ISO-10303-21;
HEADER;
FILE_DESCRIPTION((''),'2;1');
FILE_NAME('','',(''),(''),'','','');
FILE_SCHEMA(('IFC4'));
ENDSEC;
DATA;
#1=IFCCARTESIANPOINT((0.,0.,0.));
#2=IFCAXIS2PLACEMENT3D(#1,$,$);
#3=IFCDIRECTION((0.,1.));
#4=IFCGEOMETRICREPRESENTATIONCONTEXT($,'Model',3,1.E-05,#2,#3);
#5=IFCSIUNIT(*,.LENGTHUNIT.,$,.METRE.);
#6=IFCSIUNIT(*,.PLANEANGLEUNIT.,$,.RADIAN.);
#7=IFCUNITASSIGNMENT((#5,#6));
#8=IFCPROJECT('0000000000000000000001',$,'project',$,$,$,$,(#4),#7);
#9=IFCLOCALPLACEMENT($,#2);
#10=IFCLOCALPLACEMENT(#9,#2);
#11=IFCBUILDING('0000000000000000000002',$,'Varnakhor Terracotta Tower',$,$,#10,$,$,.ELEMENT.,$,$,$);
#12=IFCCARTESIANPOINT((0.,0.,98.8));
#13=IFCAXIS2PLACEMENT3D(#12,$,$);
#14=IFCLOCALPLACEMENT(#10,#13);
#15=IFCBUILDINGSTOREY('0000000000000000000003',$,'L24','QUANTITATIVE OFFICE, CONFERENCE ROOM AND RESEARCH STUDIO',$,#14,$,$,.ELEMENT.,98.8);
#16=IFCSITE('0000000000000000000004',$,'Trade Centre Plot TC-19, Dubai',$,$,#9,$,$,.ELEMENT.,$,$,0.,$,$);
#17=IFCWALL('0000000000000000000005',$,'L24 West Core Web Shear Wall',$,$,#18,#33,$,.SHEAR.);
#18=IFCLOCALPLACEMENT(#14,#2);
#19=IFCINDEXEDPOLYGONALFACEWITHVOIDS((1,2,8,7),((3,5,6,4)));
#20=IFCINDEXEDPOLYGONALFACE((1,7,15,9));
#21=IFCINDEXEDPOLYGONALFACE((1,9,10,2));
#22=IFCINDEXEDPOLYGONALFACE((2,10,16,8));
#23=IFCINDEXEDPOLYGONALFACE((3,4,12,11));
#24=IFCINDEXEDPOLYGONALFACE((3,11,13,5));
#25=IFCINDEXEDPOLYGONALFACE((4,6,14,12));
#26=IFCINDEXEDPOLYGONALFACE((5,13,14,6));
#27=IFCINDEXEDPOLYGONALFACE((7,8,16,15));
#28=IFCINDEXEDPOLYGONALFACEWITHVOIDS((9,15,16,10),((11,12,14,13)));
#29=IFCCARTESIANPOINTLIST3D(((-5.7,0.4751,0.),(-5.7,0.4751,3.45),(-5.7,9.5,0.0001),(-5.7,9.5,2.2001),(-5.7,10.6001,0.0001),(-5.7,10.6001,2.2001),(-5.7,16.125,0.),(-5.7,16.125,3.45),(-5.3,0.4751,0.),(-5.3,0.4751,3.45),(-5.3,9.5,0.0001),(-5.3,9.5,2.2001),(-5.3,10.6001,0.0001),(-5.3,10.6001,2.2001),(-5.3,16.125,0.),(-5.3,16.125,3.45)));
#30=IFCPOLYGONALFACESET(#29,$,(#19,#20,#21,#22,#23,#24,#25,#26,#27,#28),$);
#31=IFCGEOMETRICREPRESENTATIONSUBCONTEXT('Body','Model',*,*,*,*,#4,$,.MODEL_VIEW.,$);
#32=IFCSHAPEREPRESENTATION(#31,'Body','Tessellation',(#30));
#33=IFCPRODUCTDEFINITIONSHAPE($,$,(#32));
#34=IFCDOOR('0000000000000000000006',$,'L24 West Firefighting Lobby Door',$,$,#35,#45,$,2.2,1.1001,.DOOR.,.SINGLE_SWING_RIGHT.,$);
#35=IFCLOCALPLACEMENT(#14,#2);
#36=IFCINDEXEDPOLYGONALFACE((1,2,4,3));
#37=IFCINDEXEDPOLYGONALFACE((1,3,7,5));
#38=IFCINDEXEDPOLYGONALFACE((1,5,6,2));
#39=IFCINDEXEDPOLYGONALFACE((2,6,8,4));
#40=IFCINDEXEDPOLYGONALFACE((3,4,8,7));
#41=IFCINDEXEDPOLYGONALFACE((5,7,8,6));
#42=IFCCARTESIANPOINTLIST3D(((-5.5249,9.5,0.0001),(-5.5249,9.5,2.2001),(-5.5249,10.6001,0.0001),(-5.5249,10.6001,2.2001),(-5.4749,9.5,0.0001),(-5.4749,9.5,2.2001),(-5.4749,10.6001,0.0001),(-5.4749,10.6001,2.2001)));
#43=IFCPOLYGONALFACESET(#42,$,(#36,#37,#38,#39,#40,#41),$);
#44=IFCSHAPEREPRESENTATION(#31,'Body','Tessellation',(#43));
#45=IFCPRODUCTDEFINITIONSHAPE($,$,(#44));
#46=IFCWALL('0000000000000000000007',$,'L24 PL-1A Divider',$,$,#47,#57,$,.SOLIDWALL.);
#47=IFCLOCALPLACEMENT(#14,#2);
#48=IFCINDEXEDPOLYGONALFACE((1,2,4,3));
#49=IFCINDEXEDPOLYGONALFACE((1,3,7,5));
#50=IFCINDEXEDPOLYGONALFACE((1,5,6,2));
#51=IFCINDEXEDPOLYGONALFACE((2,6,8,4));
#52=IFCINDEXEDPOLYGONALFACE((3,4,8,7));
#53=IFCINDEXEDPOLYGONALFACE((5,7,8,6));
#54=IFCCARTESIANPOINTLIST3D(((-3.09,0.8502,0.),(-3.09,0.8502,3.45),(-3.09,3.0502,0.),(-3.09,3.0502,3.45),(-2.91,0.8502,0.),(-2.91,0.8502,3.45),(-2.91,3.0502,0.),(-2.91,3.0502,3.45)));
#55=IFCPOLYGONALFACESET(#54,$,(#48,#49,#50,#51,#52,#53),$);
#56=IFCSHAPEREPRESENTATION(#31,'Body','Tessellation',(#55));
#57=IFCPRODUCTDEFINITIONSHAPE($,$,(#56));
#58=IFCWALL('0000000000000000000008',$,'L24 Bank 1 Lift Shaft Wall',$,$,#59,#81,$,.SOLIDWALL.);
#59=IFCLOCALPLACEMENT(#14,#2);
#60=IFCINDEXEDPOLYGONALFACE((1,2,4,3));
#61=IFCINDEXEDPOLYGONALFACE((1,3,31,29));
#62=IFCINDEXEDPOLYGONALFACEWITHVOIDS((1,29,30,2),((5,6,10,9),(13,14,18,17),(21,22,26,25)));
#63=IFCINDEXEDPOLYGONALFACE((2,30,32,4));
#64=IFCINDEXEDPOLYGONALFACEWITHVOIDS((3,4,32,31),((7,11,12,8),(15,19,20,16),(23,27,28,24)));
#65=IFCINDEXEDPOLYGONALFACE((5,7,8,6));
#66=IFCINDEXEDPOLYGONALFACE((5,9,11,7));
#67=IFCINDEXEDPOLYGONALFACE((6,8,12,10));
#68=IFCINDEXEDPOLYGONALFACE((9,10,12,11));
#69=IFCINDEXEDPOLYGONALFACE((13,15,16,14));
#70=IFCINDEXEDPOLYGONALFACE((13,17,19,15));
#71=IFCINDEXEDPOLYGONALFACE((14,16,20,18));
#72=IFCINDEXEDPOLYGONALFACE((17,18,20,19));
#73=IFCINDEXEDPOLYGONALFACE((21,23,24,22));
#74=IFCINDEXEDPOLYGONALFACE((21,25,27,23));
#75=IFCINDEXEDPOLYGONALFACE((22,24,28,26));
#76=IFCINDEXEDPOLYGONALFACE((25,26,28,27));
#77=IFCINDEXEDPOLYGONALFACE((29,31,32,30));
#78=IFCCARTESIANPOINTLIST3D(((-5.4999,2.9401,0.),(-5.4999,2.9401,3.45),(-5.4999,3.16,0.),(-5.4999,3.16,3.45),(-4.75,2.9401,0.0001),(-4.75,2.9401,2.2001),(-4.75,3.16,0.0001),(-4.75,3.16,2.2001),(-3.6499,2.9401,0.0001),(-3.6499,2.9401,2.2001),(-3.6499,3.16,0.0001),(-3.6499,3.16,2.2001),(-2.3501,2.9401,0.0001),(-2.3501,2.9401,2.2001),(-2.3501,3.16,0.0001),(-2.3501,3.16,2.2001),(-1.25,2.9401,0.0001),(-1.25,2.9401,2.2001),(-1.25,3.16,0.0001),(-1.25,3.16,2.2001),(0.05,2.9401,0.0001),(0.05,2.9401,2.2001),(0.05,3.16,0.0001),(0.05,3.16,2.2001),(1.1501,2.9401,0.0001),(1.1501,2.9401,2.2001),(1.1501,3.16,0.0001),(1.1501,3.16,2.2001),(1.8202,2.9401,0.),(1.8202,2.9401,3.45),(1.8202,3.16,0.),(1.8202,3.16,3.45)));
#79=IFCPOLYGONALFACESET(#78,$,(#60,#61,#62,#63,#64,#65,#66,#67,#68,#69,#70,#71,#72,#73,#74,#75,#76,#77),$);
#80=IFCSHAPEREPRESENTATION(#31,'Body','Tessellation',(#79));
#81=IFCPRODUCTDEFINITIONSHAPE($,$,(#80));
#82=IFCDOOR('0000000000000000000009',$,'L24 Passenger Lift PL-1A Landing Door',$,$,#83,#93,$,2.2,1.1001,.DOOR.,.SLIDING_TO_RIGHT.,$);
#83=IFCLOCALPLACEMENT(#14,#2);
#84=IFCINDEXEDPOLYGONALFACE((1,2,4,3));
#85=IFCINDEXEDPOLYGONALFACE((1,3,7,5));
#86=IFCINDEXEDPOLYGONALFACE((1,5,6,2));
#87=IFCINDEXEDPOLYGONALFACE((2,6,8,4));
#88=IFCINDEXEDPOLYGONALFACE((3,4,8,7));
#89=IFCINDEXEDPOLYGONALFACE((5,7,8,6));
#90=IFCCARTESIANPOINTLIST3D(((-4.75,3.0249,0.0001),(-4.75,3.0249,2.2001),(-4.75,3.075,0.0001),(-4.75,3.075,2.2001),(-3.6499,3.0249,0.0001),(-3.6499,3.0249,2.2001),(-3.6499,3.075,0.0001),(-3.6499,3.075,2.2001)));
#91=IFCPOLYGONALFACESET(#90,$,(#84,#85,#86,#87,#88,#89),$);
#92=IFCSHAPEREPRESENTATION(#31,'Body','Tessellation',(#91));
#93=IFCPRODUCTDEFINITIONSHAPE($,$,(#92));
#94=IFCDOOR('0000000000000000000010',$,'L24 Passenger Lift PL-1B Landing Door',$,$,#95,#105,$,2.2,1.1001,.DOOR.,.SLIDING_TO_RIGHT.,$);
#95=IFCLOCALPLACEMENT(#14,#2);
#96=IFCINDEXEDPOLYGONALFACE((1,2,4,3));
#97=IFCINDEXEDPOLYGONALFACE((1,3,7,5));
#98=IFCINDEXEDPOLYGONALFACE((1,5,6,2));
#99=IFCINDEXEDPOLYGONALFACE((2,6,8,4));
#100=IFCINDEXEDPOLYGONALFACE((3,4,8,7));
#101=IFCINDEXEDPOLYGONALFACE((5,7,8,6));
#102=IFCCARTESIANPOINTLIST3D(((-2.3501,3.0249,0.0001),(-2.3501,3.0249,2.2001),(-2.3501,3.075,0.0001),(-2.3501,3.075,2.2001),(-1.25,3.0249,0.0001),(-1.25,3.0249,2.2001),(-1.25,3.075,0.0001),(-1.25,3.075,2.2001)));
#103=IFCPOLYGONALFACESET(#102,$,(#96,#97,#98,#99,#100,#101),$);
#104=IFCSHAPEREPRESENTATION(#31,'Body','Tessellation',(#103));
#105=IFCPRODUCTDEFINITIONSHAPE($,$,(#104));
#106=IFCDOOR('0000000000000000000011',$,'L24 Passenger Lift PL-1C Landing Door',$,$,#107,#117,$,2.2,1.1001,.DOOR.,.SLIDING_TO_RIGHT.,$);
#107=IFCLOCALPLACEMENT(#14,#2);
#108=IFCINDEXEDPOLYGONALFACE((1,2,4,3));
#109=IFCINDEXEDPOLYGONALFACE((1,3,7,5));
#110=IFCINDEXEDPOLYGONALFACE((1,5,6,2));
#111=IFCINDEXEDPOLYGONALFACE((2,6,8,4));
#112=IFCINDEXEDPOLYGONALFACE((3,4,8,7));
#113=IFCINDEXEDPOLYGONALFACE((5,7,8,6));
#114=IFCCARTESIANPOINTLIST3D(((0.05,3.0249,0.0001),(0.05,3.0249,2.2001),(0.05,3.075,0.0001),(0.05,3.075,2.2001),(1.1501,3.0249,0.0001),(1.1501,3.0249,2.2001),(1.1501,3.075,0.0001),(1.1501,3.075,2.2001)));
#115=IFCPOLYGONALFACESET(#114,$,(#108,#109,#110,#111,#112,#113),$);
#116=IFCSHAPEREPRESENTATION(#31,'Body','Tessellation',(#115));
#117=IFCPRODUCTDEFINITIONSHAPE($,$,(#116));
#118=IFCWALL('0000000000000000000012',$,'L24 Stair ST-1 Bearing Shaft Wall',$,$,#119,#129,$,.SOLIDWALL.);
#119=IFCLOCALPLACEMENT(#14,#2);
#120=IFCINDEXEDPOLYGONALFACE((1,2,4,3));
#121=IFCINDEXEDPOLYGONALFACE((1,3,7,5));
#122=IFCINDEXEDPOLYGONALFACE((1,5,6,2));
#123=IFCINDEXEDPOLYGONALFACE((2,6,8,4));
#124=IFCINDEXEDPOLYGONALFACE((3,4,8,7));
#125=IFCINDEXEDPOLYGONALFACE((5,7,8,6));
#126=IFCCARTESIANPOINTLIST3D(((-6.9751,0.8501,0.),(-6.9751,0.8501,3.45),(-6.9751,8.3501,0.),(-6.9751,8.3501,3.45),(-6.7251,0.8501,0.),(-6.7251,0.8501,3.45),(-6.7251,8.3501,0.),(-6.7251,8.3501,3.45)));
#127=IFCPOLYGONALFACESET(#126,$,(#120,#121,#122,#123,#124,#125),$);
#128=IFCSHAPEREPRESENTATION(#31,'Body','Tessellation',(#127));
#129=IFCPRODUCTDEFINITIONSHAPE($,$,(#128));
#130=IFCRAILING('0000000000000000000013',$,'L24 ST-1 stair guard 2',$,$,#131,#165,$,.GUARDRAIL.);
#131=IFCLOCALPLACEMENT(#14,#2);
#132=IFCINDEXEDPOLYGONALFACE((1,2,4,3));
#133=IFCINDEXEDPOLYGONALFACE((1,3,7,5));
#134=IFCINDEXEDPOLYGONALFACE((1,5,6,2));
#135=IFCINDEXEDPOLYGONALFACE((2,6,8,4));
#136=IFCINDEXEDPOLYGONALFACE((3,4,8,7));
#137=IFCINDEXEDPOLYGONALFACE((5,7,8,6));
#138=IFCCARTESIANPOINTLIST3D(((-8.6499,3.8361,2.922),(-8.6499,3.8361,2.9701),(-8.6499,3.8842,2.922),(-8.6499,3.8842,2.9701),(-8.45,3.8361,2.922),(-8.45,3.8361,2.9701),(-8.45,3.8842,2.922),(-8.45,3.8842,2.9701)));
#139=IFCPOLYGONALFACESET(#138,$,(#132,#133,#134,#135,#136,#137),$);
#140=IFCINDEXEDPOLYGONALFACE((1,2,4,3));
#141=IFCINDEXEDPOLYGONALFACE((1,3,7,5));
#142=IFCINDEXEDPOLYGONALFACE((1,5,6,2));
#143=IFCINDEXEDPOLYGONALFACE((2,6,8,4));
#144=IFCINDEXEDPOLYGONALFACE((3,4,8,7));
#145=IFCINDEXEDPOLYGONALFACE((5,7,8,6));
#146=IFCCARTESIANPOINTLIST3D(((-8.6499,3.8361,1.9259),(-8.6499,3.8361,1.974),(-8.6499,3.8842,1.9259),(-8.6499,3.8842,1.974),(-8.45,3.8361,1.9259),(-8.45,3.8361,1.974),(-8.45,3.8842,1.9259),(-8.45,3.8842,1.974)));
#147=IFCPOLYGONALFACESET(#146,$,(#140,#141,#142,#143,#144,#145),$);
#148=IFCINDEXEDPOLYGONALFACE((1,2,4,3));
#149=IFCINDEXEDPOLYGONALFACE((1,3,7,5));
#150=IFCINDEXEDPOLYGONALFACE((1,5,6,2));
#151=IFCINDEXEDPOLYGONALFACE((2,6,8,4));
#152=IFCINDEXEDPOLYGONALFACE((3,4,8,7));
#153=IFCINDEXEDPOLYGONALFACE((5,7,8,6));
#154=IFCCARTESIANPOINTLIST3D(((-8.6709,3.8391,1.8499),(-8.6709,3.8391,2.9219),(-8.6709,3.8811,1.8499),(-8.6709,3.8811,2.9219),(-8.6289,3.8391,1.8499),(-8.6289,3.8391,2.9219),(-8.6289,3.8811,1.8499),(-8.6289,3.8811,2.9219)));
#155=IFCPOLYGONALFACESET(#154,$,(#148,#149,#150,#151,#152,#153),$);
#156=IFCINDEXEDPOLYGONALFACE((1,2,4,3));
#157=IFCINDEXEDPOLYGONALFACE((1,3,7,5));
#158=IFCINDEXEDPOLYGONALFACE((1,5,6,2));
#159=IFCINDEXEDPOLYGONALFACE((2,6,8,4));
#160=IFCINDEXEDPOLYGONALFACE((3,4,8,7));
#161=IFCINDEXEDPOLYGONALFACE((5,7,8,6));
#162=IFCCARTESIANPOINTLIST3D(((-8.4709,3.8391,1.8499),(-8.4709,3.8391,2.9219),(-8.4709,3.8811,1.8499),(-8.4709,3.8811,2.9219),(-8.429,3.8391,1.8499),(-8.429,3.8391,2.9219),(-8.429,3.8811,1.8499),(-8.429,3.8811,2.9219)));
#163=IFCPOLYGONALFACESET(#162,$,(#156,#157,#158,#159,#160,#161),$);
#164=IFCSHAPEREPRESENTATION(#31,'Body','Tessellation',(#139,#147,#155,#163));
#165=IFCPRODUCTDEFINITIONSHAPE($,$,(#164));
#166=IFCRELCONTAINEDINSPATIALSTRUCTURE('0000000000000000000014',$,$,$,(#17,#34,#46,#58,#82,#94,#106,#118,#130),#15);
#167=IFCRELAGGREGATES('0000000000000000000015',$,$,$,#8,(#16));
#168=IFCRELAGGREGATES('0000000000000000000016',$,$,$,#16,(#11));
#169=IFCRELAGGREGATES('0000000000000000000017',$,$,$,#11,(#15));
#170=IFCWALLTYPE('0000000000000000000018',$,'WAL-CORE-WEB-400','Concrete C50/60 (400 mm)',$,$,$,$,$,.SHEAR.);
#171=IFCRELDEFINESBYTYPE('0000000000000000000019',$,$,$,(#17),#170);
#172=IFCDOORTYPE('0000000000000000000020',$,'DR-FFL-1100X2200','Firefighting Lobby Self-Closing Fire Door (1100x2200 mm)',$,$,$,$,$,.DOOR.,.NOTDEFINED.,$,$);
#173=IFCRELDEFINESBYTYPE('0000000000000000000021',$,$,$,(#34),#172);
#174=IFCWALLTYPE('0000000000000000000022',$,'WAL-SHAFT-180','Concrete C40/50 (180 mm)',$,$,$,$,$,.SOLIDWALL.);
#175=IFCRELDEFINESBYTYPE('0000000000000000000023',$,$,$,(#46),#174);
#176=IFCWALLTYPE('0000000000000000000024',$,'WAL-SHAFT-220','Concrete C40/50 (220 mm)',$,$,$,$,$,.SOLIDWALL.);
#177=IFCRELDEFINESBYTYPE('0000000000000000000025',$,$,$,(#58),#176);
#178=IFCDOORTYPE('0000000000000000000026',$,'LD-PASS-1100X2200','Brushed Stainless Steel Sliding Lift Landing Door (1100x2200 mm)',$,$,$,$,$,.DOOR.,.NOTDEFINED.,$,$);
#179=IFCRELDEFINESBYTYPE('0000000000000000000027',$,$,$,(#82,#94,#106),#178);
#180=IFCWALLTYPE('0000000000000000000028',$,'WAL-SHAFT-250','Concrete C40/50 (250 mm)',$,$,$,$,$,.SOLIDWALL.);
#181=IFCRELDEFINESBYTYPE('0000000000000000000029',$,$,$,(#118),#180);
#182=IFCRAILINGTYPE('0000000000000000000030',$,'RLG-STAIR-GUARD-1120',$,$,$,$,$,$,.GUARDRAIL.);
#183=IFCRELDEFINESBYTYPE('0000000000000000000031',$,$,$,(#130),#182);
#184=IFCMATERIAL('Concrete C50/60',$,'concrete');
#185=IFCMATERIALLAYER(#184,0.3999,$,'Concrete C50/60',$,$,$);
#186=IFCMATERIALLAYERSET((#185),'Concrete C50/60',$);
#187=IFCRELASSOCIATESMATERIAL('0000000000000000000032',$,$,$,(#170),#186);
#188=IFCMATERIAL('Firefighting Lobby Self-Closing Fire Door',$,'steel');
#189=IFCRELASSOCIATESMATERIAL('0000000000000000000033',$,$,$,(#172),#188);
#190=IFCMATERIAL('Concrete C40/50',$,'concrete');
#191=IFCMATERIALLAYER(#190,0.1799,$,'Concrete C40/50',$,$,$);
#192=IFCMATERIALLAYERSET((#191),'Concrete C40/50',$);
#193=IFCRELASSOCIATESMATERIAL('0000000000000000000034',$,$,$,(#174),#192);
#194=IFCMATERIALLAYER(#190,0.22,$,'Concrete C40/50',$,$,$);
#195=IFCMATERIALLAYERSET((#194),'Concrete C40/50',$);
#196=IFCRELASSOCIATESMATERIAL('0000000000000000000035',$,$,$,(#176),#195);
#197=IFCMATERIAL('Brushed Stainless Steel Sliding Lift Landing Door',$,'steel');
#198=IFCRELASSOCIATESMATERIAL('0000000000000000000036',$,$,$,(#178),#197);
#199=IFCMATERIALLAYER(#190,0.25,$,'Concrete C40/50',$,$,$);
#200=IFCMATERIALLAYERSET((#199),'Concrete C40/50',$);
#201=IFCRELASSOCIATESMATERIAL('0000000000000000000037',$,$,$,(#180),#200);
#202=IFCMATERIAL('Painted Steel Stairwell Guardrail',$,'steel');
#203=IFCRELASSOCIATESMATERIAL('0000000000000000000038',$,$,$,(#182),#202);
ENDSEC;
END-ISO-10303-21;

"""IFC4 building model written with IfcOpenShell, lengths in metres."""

from ifc_helpers import new_model, si_unit, direction, frame, frame_2d, origin, origin_2d, place, context, subcontext, project, spatial, rectangle, extrude, source, transform, mapped, material, layer, layer_set, type_object, type_shapes, element, fill, save


model = new_model("IFC4")

# Units and contexts
model_context = context("Model", 3, precision=1e-05, world=origin(), true_north=direction((0.0, 1.0)))
body_context = subcontext(model_context, "Body", "Model", "MODEL_VIEW")
ifc_project = project(units=[si_unit("LENGTHUNIT", "METRE"), si_unit("PLANEANGLEUNIT", "RADIAN")], contexts=[model_context])

# Site, building, storey
site_placement = place(None, origin())
site = spatial("IfcSite", under=ifc_project, at=site_placement, Name="Trade Centre Plot TC-19, Dubai", CompositionType="ELEMENT", RefElevation=0.0)
building_placement = place(site_placement, origin())
building = spatial("IfcBuilding", under=site, at=building_placement, Name="Varnakhor Terracotta Tower", CompositionType="ELEMENT")
storey_placement = place(building_placement, frame((0.0, 0.0, 98.8)))
storey = spatial("IfcBuildingStorey", under=building, at=storey_placement, Name="L24", Description="QUANTITATIVE OFFICE, CONFERENCE ROOM AND RESEARCH STUDIO", CompositionType="ELEMENT", Elevation=98.8)

# Shared definitions
ifc_material_1 = material(Name="Concrete C50/60", Category="concrete")

# Wall, opening, door
ifc_layer_1 = layer(ifc_material_1, 0.3999, Name="Concrete C50/60")
ifc_layer_set_1 = layer_set([ifc_layer_1], Name="Concrete C50/60")
wall_type_1 = type_object("IfcWallType", Name="WAL-CORE-WEB-400", Description="Concrete C50/60 (400 mm)", PredefinedType="SHEAR", material=ifc_layer_set_1)
wall_1_placement = place(storey_placement, frame((-5.5, 0.4751, 0.0), z_axis=(0.0, 0.0, 1.0), x_axis=(0.0, 1.0, 0.0)))
wall_1 = element("IfcWall", 1, at=wall_1_placement, inside=storey, type_object=wall_type_1, Name="L24 West Core Web Shear Wall", PredefinedType="SHEAR", context=body_context, shape_type="SweptSolid", body=[
    extrude(rectangle(XDim=15.6499, YDim=0.3999, at=frame_2d((7.825, 0.0))), origin(), (0.0, 0.0, 1.0), 3.45),
])
opening_1_placement = place(wall_1_placement, frame((9.0249, 0.0, 0.0)))
opening_1 = element("IfcOpeningElement", 2, at=opening_1_placement, cuts=wall_1, PredefinedType="OPENING", context=body_context, shape_type="SweptSolid", body=[
    extrude(rectangle(XDim=1.1001, YDim=2.2, at=frame_2d((0.55, 1.1001))), frame((0.0, 0.21, 0.0), z_axis=(0.0, -1.0, 0.0), x_axis=(1.0, 0.0, 0.0)), (0.0, 0.0, 1.0), 0.4199),
])
ifc_material_2 = material(Name="Firefighting Lobby Self-Closing Fire Door", Category="steel")
door_type_1 = type_object("IfcDoorType", Name="DR-FFL-1100X2200", Description="Firefighting Lobby Self-Closing Fire Door (1100x2200 mm)", OperationType="NOTDEFINED", PredefinedType="DOOR", material=ifc_material_2)
shared_shape_1 = source(origin(), body_context, "Body", "SweptSolid", [
    extrude(rectangle(XDim=1.1001, YDim=2.2, at=frame_2d((0.55, 1.1001))), frame((0.0, 0.0249, 0.0), z_axis=(0.0, -1.0, 0.0), x_axis=(1.0, 0.0, 0.0)), (0.0, 0.0, 1.0), 0.05),
])
type_shapes(door_type_1, [shared_shape_1])
door_1_placement = place(opening_1_placement, origin())
door_1 = element("IfcDoor", 3, at=door_1_placement, inside=storey, type_object=door_type_1, Name="L24 West Firefighting Lobby Door", OperationType="SINGLE_SWING_RIGHT", OverallHeight=2.2, OverallWidth=1.1001, PredefinedType="DOOR", context=body_context, shape_type="MappedRepresentation", body=[
    mapped(shared_shape_1, transform((0.0, 0.0, 0.0), scale=1.0)),
])
fill(opening_1, door_1)

# Wall
ifc_material_3 = material(Name="Concrete C40/50", Category="concrete")
ifc_layer_2 = layer(ifc_material_3, 0.1799, Name="Concrete C40/50")
ifc_layer_set_2 = layer_set([ifc_layer_2], Name="Concrete C40/50")
wall_type_2 = type_object("IfcWallType", Name="WAL-SHAFT-180", Description="Concrete C40/50 (180 mm)", PredefinedType="SOLIDWALL", material=ifc_layer_set_2)
wall_2_placement = place(storey_placement, frame((-3.0, 0.8501, 0.0), z_axis=(0.0, 0.0, 1.0), x_axis=(0.0, 1.0, 0.0)))
element("IfcWall", 4, at=wall_2_placement, inside=storey, type_object=wall_type_2, Name="L24 PL-1A Divider", PredefinedType="SOLIDWALL", context=body_context, shape_type="SweptSolid", body=[
    extrude(rectangle(XDim=2.2, YDim=0.1799, at=frame_2d((1.1001, 0.0))), origin(), (0.0, 0.0, 1.0), 3.45),
])

# Wall, openings, doors
ifc_layer_3 = layer(ifc_material_3, 0.22, Name="Concrete C40/50")
ifc_layer_set_3 = layer_set([ifc_layer_3], Name="Concrete C40/50")
wall_type_3 = type_object("IfcWallType", Name="WAL-SHAFT-220", Description="Concrete C40/50 (220 mm)", PredefinedType="SOLIDWALL", material=ifc_layer_set_3)
wall_3_placement = place(storey_placement, frame((-5.5, 3.05, 0.0), z_axis=(0.0, 0.0, 1.0), x_axis=(1.0, 0.0, 0.0)))
wall_3 = element("IfcWall", 5, at=wall_3_placement, inside=storey, type_object=wall_type_3, Name="L24 Bank 1 Lift Shaft Wall", PredefinedType="SOLIDWALL", context=body_context, shape_type="SweptSolid", body=[
    extrude(rectangle(XDim=7.3201, YDim=0.22, at=frame_2d((3.6602, 0.0))), origin(), (0.0, 0.0, 1.0), 3.45),
])
opening_2_placement = place(wall_3_placement, frame((0.75, 0.0, 0.0)))
opening_2 = element("IfcOpeningElement", 6, at=opening_2_placement, cuts=wall_3, PredefinedType="OPENING", context=body_context, shape_type="SweptSolid", body=[
    extrude(rectangle(XDim=1.1001, YDim=2.2, at=frame_2d((0.55, 1.1001))), frame((0.0, 0.1201, 0.0), z_axis=(0.0, -1.0, 0.0), x_axis=(1.0, 0.0, 0.0)), (0.0, 0.0, 1.0), 0.24),
])
opening_3_placement = place(wall_3_placement, frame((3.1499, 0.0, 0.0)))
opening_3 = element("IfcOpeningElement", 7, at=opening_3_placement, cuts=wall_3, PredefinedType="OPENING", context=body_context, shape_type="SweptSolid", body=[
    extrude(rectangle(XDim=1.1001, YDim=2.2, at=frame_2d((0.55, 1.1001))), frame((0.0, 0.1201, 0.0), z_axis=(0.0, -1.0, 0.0), x_axis=(1.0, 0.0, 0.0)), (0.0, 0.0, 1.0), 0.24),
])
opening_4_placement = place(wall_3_placement, frame((5.55, 0.0, 0.0)))
opening_4 = element("IfcOpeningElement", 8, at=opening_4_placement, cuts=wall_3, PredefinedType="OPENING", context=body_context, shape_type="SweptSolid", body=[
    extrude(rectangle(XDim=1.1001, YDim=2.2, at=frame_2d((0.55, 1.1001))), frame((0.0, 0.1201, 0.0), z_axis=(0.0, -1.0, 0.0), x_axis=(1.0, 0.0, 0.0)), (0.0, 0.0, 1.0), 0.24),
])
ifc_material_4 = material(Name="Brushed Stainless Steel Sliding Lift Landing Door", Category="steel")
door_type_2 = type_object("IfcDoorType", Name="LD-PASS-1100X2200", Description="Brushed Stainless Steel Sliding Lift Landing Door (1100x2200 mm)", OperationType="NOTDEFINED", PredefinedType="DOOR", material=ifc_material_4)
shared_shape_2 = source(origin(), body_context, "Body", "SweptSolid", [
    extrude(rectangle(XDim=1.1001, YDim=2.2, at=frame_2d((0.55, 1.1001))), frame((0.0, 0.0249, 0.0), z_axis=(0.0, -1.0, 0.0), x_axis=(1.0, 0.0, 0.0)), (0.0, 0.0, 1.0), 0.05),
])
type_shapes(door_type_2, [shared_shape_2])
door_2_placement = place(opening_2_placement, origin())
door_2 = element("IfcDoor", 9, at=door_2_placement, inside=storey, type_object=door_type_2, Name="L24 Passenger Lift PL-1A Landing Door", OperationType="SLIDING_TO_RIGHT", OverallHeight=2.2, OverallWidth=1.1001, PredefinedType="DOOR", context=body_context, shape_type="MappedRepresentation", body=[
    mapped(shared_shape_2, transform((0.0, 0.0, 0.0), scale=1.0)),
])
fill(opening_2, door_2)
door_3_placement = place(opening_3_placement, origin())
door_3 = element("IfcDoor", 10, at=door_3_placement, inside=storey, type_object=door_type_2, Name="L24 Passenger Lift PL-1B Landing Door", OperationType="SLIDING_TO_RIGHT", OverallHeight=2.2, OverallWidth=1.1001, PredefinedType="DOOR", context=body_context, shape_type="MappedRepresentation", body=[
    mapped(shared_shape_2, transform((0.0, 0.0, 0.0), scale=1.0)),
])
fill(opening_3, door_3)
door_4_placement = place(opening_4_placement, origin())
door_4 = element("IfcDoor", 11, at=door_4_placement, inside=storey, type_object=door_type_2, Name="L24 Passenger Lift PL-1C Landing Door", OperationType="SLIDING_TO_RIGHT", OverallHeight=2.2, OverallWidth=1.1001, PredefinedType="DOOR", context=body_context, shape_type="MappedRepresentation", body=[
    mapped(shared_shape_2, transform((0.0, 0.0, 0.0), scale=1.0)),
])
fill(opening_4, door_4)

# Wall
ifc_layer_4 = layer(ifc_material_3, 0.25, Name="Concrete C40/50")
ifc_layer_set_4 = layer_set([ifc_layer_4], Name="Concrete C40/50")
wall_type_4 = type_object("IfcWallType", Name="WAL-SHAFT-250", Description="Concrete C40/50 (250 mm)", PredefinedType="SOLIDWALL", material=ifc_layer_set_4)
wall_4_placement = place(storey_placement, frame((-6.8501, 0.8501, 0.0), z_axis=(0.0, 0.0, 1.0), x_axis=(0.0, 1.0, 0.0)))
element("IfcWall", 12, at=wall_4_placement, inside=storey, type_object=wall_type_4, Name="L24 Stair ST-1 Bearing Shaft Wall", PredefinedType="SOLIDWALL", context=body_context, shape_type="SweptSolid", body=[
    extrude(rectangle(XDim=7.5, YDim=0.25, at=frame_2d((3.75, 0.0))), origin(), (0.0, 0.0, 1.0), 3.45),
])

# Railing
ifc_material_5 = material(Name="Painted Steel Stairwell Guardrail", Category="steel")
railing_type = type_object("IfcRailingType", Name="RLG-STAIR-GUARD-1120", PredefinedType="GUARDRAIL", material=ifc_material_5)
railing_1_placement = place(storey_placement, frame((-8.6499, 3.8601, 1.8499)))
element("IfcRailing", 13, at=railing_1_placement, inside=storey, type_object=railing_type, Name="L24 ST-1 stair guard 2", PredefinedType="GUARDRAIL", context=body_context, shape_type="SweptSolid", body=[
    extrude(rectangle(XDim=0.0481, YDim=0.0481, at=origin_2d()), frame((0.0, 0.0, 1.0962), z_axis=(1.0, 0.0, 0.0), x_axis=(0.0, 1.0, 0.0)), (0.0, 0.0, 1.0), 0.2),
    extrude(rectangle(XDim=0.0481, YDim=0.0481, at=origin_2d()), frame((0.0, 0.0, 0.1001), z_axis=(1.0, 0.0, 0.0), x_axis=(0.0, 1.0, 0.0)), (0.0, 0.0, 1.0), 0.2),
    extrude(rectangle(XDim=0.042, YDim=0.042, at=origin_2d()), origin(), (0.0, 0.0, 1.0), 1.072),
    extrude(rectangle(XDim=0.042, YDim=0.042, at=origin_2d()), frame((0.2, 0.0, 0.0)), (0.0, 0.0, 1.0), 1.072),
])

save(model, "model.ifc")
